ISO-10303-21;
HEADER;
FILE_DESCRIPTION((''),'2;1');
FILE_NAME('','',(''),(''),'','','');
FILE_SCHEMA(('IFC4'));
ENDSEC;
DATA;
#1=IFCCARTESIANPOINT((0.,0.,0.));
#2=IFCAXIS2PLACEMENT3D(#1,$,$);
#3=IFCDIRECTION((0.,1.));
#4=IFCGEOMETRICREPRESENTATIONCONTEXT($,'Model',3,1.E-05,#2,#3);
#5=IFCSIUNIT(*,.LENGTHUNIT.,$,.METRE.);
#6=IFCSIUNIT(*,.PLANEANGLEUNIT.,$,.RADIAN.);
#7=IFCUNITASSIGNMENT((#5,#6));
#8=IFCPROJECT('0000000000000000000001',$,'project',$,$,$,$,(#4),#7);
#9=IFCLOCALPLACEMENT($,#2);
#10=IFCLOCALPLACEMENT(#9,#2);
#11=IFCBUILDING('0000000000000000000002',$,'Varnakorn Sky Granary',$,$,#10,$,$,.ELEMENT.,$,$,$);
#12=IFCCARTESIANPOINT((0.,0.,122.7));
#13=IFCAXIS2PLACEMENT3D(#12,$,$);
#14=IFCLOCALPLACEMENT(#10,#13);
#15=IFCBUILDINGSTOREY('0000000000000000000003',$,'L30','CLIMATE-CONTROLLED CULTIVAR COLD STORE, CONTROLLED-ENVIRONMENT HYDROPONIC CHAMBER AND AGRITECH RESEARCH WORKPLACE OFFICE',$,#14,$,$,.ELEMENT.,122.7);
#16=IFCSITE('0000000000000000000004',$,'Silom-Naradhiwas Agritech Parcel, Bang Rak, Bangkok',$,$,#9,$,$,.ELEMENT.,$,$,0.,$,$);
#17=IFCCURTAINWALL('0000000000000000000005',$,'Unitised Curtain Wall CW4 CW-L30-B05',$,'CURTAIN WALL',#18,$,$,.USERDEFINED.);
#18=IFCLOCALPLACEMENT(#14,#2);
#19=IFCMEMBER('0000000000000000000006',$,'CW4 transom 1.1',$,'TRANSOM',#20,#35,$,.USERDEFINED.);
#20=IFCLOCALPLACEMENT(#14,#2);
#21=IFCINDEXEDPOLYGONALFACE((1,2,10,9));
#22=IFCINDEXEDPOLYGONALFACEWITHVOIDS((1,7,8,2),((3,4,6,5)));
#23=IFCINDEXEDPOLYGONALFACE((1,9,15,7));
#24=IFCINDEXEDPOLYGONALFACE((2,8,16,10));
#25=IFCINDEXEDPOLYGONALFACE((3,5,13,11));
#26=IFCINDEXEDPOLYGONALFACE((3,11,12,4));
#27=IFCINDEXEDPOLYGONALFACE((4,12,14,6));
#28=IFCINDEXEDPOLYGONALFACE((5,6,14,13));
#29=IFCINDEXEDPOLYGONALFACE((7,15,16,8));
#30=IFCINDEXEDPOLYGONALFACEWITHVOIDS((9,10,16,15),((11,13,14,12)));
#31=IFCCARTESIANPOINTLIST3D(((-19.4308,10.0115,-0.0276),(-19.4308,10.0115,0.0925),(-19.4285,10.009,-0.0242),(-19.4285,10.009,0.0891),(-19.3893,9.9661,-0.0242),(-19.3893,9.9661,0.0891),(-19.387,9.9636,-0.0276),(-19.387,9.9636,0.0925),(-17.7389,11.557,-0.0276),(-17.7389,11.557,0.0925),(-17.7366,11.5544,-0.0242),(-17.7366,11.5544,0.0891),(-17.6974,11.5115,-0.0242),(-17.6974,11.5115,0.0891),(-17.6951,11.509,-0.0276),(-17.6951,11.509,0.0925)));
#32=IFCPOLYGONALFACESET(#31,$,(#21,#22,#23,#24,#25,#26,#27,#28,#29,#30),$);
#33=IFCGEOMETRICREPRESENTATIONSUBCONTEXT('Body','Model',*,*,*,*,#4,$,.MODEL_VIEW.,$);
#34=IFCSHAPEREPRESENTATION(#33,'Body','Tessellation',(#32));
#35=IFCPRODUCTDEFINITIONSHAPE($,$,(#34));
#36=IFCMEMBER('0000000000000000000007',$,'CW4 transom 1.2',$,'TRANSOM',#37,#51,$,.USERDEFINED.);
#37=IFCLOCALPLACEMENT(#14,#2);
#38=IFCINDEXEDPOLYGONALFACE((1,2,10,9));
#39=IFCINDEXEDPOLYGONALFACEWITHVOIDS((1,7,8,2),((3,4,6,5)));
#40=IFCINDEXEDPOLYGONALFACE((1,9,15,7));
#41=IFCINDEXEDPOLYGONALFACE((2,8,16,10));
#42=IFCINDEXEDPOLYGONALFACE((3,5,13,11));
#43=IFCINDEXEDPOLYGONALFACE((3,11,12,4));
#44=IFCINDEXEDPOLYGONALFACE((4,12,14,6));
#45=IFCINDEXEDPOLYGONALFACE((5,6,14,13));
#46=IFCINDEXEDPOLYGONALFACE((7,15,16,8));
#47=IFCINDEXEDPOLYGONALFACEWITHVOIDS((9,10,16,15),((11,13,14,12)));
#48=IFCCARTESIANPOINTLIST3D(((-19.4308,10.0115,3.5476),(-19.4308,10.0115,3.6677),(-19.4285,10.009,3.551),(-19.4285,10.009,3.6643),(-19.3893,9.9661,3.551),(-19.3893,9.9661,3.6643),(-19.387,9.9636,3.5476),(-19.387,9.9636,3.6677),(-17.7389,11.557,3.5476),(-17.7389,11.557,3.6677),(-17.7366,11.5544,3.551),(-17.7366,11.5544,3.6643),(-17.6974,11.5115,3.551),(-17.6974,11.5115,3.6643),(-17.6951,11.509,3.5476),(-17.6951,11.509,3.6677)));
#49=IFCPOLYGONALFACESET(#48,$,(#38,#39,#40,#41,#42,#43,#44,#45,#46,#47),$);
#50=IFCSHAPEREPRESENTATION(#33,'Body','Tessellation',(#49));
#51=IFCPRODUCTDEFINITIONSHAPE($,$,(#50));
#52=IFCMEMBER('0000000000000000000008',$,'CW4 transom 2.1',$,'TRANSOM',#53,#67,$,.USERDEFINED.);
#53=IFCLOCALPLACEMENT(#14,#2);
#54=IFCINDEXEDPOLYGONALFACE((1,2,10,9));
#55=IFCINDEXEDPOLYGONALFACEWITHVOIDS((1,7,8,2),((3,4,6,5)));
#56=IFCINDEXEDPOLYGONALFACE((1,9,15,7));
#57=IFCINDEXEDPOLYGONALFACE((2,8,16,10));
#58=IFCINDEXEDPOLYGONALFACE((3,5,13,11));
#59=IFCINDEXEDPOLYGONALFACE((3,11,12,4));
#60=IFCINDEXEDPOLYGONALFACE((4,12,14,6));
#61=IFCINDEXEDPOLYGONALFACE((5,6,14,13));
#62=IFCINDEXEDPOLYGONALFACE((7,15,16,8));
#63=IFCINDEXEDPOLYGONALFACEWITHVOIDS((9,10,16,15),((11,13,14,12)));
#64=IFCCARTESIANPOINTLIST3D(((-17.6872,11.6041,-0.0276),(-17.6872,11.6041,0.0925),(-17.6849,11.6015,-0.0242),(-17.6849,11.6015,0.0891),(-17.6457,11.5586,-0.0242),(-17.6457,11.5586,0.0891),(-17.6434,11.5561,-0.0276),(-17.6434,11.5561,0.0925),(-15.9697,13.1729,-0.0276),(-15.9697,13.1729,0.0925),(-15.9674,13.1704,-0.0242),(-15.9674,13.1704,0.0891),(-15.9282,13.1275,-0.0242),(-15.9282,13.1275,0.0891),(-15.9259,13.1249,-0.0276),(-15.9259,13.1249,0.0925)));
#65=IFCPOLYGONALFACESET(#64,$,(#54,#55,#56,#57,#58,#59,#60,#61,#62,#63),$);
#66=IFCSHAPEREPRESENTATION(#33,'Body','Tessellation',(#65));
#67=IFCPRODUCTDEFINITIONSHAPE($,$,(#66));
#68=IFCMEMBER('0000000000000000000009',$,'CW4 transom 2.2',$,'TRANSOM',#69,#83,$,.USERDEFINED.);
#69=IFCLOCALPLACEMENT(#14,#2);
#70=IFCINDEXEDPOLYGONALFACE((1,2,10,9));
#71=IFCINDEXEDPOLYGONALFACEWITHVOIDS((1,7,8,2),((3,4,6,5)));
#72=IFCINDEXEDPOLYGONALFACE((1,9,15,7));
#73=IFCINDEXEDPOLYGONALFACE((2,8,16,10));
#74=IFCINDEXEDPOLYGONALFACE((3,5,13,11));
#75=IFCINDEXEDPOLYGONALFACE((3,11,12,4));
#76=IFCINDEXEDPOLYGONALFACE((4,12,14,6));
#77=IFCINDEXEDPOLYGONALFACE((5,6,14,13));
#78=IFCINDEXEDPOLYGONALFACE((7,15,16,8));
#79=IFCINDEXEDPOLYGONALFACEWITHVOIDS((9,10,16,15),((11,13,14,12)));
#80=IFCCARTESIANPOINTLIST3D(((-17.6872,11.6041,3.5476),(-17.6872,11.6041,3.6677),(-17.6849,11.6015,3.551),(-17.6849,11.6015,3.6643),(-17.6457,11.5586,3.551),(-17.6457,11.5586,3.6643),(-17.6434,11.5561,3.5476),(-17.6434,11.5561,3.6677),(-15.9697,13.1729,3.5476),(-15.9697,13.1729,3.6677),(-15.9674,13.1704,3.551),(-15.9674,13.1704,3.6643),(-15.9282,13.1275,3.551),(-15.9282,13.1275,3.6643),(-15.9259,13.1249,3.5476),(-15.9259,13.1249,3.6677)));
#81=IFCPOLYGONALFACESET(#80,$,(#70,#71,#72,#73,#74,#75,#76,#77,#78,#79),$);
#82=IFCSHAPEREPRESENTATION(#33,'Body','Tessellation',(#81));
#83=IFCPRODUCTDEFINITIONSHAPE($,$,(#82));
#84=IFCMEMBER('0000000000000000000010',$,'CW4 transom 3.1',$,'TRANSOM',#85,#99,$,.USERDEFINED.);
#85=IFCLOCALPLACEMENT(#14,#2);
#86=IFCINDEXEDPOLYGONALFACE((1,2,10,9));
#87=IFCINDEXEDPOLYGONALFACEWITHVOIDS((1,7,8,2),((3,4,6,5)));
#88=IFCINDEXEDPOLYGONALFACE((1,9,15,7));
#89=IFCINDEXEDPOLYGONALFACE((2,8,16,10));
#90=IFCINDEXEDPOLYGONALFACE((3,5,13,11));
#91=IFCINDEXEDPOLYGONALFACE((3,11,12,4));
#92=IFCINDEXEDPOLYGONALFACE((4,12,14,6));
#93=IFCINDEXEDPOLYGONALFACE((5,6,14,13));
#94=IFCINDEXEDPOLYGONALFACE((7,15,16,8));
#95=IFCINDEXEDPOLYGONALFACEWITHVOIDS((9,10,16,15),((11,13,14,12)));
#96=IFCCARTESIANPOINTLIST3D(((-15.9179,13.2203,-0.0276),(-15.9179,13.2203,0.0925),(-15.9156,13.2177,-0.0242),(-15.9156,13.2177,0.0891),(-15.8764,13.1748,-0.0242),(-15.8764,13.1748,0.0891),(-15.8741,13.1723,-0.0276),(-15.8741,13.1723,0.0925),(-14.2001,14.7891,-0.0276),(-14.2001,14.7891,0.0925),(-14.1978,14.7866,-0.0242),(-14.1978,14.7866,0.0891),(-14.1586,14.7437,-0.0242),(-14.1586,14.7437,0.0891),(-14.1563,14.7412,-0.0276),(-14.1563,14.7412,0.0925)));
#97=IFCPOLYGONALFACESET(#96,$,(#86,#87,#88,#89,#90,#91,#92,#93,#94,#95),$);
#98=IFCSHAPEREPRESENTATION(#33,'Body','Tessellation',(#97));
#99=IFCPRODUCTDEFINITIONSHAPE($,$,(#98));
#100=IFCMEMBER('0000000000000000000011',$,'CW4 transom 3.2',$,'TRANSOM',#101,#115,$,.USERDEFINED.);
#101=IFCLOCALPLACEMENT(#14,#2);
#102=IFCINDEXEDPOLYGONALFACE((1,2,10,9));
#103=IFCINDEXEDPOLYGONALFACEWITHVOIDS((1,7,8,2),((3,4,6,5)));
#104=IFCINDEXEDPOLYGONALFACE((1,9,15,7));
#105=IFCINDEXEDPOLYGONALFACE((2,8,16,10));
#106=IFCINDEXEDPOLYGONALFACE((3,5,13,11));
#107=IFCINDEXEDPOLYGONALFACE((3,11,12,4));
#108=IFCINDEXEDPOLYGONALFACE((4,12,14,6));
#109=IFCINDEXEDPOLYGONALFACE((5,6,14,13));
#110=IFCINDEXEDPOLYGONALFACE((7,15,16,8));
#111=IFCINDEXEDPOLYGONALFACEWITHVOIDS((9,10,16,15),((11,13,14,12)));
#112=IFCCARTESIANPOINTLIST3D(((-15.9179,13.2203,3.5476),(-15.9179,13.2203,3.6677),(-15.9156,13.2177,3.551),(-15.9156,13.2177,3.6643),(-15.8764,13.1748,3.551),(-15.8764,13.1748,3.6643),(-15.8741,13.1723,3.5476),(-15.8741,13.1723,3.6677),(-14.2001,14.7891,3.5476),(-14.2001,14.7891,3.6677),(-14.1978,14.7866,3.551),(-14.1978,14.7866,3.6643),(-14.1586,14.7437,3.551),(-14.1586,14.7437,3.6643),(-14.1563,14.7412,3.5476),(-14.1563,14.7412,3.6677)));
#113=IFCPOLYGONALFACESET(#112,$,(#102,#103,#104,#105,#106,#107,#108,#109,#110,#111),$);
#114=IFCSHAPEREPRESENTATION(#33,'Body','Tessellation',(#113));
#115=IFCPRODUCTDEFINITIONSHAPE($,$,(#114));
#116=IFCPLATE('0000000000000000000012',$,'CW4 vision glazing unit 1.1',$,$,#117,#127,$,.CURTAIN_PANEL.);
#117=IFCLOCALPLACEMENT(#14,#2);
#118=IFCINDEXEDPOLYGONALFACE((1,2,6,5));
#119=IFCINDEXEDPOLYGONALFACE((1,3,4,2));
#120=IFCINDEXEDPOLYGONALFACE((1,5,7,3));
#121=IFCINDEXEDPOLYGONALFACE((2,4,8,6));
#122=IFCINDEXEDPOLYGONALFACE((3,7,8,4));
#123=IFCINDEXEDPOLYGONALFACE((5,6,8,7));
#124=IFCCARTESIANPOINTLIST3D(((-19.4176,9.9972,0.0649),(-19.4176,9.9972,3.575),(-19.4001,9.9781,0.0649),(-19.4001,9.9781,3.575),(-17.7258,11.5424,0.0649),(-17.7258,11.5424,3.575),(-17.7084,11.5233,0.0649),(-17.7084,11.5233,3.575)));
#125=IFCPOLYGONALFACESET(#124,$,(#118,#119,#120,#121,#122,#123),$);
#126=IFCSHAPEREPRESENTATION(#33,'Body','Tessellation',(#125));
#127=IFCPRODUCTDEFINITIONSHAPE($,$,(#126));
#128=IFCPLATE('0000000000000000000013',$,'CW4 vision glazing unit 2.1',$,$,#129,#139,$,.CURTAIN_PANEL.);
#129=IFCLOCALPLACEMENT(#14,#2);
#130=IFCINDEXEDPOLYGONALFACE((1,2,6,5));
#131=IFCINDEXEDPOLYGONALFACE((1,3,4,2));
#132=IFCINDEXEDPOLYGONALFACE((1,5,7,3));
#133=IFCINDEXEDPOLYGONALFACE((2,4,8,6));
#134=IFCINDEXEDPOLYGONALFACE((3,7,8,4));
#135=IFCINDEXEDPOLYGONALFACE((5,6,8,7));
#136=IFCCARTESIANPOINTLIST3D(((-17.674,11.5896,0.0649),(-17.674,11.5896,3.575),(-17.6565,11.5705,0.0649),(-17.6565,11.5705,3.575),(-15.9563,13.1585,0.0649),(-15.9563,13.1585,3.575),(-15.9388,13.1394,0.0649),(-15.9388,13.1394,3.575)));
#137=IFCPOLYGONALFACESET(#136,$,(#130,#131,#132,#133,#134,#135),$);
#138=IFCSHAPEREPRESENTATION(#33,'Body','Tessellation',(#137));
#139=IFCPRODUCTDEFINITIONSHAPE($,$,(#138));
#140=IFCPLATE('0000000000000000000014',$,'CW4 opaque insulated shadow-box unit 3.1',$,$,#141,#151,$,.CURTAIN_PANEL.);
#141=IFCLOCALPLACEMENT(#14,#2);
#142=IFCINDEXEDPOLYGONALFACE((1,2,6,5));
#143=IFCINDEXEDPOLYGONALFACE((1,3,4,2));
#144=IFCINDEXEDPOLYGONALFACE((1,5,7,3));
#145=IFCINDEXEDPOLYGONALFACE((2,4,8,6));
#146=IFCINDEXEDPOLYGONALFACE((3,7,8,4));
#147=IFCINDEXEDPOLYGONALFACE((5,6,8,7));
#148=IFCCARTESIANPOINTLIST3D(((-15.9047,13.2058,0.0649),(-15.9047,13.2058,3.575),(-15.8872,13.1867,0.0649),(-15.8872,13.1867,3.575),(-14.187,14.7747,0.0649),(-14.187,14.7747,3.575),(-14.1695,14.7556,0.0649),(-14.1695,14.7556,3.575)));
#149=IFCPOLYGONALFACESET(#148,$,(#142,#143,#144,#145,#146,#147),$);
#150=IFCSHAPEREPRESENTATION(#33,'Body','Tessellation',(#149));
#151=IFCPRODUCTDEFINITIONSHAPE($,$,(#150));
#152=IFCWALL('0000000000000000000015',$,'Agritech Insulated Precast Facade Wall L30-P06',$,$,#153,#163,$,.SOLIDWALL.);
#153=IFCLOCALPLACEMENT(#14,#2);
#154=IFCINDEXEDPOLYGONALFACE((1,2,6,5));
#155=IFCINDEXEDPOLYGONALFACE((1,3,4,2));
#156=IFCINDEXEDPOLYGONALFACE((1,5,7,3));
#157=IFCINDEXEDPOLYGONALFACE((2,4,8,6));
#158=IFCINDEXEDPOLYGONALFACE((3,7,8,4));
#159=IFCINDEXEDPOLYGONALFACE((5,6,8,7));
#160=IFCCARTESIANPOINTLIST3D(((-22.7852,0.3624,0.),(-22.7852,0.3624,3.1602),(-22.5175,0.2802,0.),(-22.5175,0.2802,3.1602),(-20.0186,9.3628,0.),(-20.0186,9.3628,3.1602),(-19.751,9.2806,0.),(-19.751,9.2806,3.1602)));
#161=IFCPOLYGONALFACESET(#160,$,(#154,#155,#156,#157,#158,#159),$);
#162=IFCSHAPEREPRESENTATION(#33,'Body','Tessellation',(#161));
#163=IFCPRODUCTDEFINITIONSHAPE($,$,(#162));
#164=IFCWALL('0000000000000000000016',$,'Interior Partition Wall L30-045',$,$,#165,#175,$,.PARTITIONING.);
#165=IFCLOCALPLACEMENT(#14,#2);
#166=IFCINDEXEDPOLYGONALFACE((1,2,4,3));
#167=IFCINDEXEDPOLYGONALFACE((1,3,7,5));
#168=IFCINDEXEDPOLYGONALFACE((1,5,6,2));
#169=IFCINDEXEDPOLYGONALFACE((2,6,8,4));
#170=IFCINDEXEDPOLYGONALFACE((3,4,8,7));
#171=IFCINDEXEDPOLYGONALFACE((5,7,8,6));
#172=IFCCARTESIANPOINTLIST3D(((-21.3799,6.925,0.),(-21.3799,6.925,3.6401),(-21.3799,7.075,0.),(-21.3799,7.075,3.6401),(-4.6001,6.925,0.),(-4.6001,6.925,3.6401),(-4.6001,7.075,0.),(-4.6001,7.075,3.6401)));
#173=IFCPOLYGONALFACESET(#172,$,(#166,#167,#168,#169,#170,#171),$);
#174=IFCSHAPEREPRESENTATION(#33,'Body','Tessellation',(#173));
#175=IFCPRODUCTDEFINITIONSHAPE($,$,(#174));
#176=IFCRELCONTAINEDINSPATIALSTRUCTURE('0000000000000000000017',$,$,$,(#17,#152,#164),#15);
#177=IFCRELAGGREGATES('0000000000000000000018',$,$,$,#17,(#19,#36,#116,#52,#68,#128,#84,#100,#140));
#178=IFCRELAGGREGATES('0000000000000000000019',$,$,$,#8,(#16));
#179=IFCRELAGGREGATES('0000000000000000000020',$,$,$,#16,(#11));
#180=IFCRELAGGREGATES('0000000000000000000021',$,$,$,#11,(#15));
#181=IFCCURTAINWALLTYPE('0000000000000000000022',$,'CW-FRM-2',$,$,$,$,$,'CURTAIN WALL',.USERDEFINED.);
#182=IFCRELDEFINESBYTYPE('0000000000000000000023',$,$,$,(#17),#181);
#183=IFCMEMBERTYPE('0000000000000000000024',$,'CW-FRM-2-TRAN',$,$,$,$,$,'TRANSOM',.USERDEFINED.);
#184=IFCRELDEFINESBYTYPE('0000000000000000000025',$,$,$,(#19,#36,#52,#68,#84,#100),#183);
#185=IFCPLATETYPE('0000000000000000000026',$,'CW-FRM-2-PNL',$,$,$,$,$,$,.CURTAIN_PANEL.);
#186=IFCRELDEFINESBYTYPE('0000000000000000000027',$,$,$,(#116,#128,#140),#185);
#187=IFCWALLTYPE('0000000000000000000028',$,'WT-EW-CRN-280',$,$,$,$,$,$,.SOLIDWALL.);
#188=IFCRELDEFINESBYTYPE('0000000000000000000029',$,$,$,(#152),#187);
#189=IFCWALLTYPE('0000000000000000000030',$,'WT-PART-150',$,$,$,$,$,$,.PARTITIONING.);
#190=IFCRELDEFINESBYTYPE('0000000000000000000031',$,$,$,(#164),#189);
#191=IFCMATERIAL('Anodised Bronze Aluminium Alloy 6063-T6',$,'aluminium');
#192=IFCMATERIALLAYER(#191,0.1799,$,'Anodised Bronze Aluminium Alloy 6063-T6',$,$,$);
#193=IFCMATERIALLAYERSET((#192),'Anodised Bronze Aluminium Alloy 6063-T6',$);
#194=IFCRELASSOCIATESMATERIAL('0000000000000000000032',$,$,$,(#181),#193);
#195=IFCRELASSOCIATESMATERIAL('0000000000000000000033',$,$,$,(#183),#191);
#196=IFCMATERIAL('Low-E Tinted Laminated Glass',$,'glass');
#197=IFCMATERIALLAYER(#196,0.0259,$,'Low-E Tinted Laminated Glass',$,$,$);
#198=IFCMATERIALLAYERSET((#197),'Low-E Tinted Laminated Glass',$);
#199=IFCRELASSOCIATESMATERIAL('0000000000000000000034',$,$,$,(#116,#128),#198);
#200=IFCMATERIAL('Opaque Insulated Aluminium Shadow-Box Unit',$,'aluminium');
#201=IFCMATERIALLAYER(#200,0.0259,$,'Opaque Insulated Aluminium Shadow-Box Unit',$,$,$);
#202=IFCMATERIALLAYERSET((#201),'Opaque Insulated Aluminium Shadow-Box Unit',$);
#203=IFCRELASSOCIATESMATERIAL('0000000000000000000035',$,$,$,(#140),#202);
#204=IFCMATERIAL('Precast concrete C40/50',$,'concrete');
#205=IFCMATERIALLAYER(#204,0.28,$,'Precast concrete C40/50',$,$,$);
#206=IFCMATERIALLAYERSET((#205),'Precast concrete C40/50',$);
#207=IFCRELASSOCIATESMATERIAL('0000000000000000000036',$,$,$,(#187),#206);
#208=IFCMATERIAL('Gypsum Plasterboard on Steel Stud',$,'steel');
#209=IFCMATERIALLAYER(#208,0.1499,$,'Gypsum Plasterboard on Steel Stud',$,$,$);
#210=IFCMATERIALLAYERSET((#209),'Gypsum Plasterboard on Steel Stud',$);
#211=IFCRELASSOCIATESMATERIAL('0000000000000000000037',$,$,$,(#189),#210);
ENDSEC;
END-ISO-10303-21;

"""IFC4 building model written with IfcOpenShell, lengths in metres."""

from ifc_helpers import new_model, si_unit, direction, frame, frame_2d, origin, origin_2d, place, context, subcontext, project, spatial, rectangle, hollow_rectangle, extrude, source, transform, mapped, material, layer, layer_set, material_profile, profile_set, type_object, type_shapes, element, aggregate, save


model = new_model("IFC4")

# Units and contexts
model_context = context("Model", 3, precision=1e-05, world=origin(), true_north=direction((0.0, 1.0)))
body_context = subcontext(model_context, "Body", "Model", "MODEL_VIEW")
ifc_project = project(units=[si_unit("LENGTHUNIT", "METRE"), si_unit("PLANEANGLEUNIT", "RADIAN")], contexts=[model_context])

# Site, building, storey
site_placement = place(None, origin())
site = spatial("IfcSite", under=ifc_project, at=site_placement, Name="Silom-Naradhiwas Agritech Parcel, Bang Rak, Bangkok", CompositionType="ELEMENT", RefElevation=0.0)
building_placement = place(site_placement, origin())
building = spatial("IfcBuilding", under=site, at=building_placement, Name="Varnakorn Sky Granary", CompositionType="ELEMENT")
storey_placement = place(building_placement, frame((0.0, 0.0, 122.7)))
storey = spatial("IfcBuildingStorey", under=building, at=storey_placement, Name="L30", Description="CLIMATE-CONTROLLED CULTIVAR COLD STORE, CONTROLLED-ENVIRONMENT HYDROPONIC CHAMBER AND AGRITECH RESEARCH WORKPLACE OFFICE", CompositionType="ELEMENT", Elevation=122.7)

# Curtain wall, members, plates
ifc_material_1 = material(Name="Anodised Bronze Aluminium Alloy 6063-T6", Category="aluminium")
ifc_layer_1 = layer(ifc_material_1, 0.1799, Name="Anodised Bronze Aluminium Alloy 6063-T6")
ifc_layer_set_1 = layer_set([ifc_layer_1], Name="Anodised Bronze Aluminium Alloy 6063-T6")
curtain_wall_type = type_object("IfcCurtainWallType", Name="CW-FRM-2", ElementType="CURTAIN WALL", PredefinedType="USERDEFINED", material=ifc_layer_set_1)
curtain_wall_placement = place(storey_placement, origin())
curtain_wall = element("IfcCurtainWall", 1, at=curtain_wall_placement, inside=storey, type_object=curtain_wall_type, Name="Unitised Curtain Wall CW4 CW-L30-B05", ObjectType="CURTAIN WALL", PredefinedType="USERDEFINED")
ifc_material_profile_1 = material_profile(ifc_material_1, hollow_rectangle(XDim=0.0649, YDim=0.1201, WallThickness=0.0034, at=origin_2d()), Name="ALU TRAN 65x120")
ifc_profile_set_1 = profile_set([ifc_material_profile_1], Name="Anodised Bronze Aluminium Alloy 6063-T6")
member_type_1 = type_object("IfcMemberType", Name="CW-FRM-2-TRAN", ElementType="TRANSOM", PredefinedType="USERDEFINED", material=ifc_profile_set_1)
member_1_placement = place(storey_placement, frame((-19.4089, 9.9875, 0.0325), z_axis=(0.738347, 0.674421, 0.0), x_axis=(-0.674421, 0.738347, 0.0)))
member_1 = element("IfcMember", 2, at=member_1_placement, type_object=member_type_1, Name="CW4 transom 1.1", ObjectType="TRANSOM", PredefinedType="USERDEFINED", context=body_context, shape_type="SweptSolid", body=[
    extrude(hollow_rectangle(XDim=0.0649, YDim=0.1201, WallThickness=0.0034, at=origin_2d()), origin(), (0.0, 0.0, 1.0), 2.2915),
])
member_2_placement = place(storey_placement, frame((-19.4089, 9.9875, 3.6077), z_axis=(0.738347, 0.674421, 0.0), x_axis=(-0.674421, 0.738347, 0.0)))
member_2 = element("IfcMember", 3, at=member_2_placement, type_object=member_type_1, Name="CW4 transom 1.2", ObjectType="TRANSOM", PredefinedType="USERDEFINED", context=body_context, shape_type="SweptSolid", body=[
    extrude(hollow_rectangle(XDim=0.0649, YDim=0.1201, WallThickness=0.0034, at=origin_2d()), origin(), (0.0, 0.0, 1.0), 2.2915),
])
member_3_placement = place(storey_placement, frame((-17.6653, 11.5801, 0.0325), z_axis=(0.738342, 0.674426, 0.0), x_axis=(-0.674426, 0.738342, 0.0)))
member_3 = element("IfcMember", 4, at=member_3_placement, type_object=member_type_1, Name="CW4 transom 2.1", ObjectType="TRANSOM", PredefinedType="USERDEFINED", context=body_context, shape_type="SweptSolid", body=[
    extrude(hollow_rectangle(XDim=0.0649, YDim=0.1201, WallThickness=0.0034, at=origin_2d()), origin(), (0.0, 0.0, 1.0), 2.3262),
])
member_4_placement = place(storey_placement, frame((-17.6653, 11.5801, 3.6077), z_axis=(0.738342, 0.674426, 0.0), x_axis=(-0.674426, 0.738342, 0.0)))
member_4 = element("IfcMember", 5, at=member_4_placement, type_object=member_type_1, Name="CW4 transom 2.2", ObjectType="TRANSOM", PredefinedType="USERDEFINED", context=body_context, shape_type="SweptSolid", body=[
    extrude(hollow_rectangle(XDim=0.0649, YDim=0.1201, WallThickness=0.0034, at=origin_2d()), origin(), (0.0, 0.0, 1.0), 2.3262),
])
member_5_placement = place(storey_placement, frame((-15.896, 13.1963, 0.0325), z_axis=(0.73839, 0.674374, 0.0), x_axis=(-0.674374, 0.73839, 0.0)))
member_5 = element("IfcMember", 6, at=member_5_placement, type_object=member_type_1, Name="CW4 transom 3.1", ObjectType="TRANSOM", PredefinedType="USERDEFINED", context=body_context, shape_type="SweptSolid", body=[
    extrude(hollow_rectangle(XDim=0.0649, YDim=0.1201, WallThickness=0.0034, at=origin_2d()), origin(), (0.0, 0.0, 1.0), 2.3264),
])
member_6_placement = place(storey_placement, frame((-15.896, 13.1963, 3.6077), z_axis=(0.73839, 0.674374, 0.0), x_axis=(-0.674374, 0.73839, 0.0)))
member_6 = element("IfcMember", 7, at=member_6_placement, type_object=member_type_1, Name="CW4 transom 3.2", ObjectType="TRANSOM", PredefinedType="USERDEFINED", context=body_context, shape_type="SweptSolid", body=[
    extrude(hollow_rectangle(XDim=0.0649, YDim=0.1201, WallThickness=0.0034, at=origin_2d()), origin(), (0.0, 0.0, 1.0), 2.3264),
])
ifc_material_2 = material(Name="Low-E Tinted Laminated Glass", Category="glass")
ifc_layer_2 = layer(ifc_material_2, 0.0259, Name="Low-E Tinted Laminated Glass")
ifc_layer_set_2 = layer_set([ifc_layer_2], Name="Low-E Tinted Laminated Glass")
plate_type = type_object("IfcPlateType", Name="CW-FRM-2-PNL", PredefinedType="CURTAIN_PANEL")
shared_shape_1 = source(origin(), body_context, "Body", "SweptSolid", [
    extrude(rectangle(XDim=2.2913, YDim=0.0259, at=origin_2d()), origin(), (0.0, 0.0, 1.0), 3.51),
])
plate_1_placement = place(storey_placement, frame((-18.563, 10.7603, 0.0649), z_axis=(0.0, 0.0, 1.0), x_axis=(0.738359, 0.674407, 0.0)))
plate_1 = element("IfcPlate", 8, at=plate_1_placement, type_object=plate_type, material=ifc_layer_set_2, Name="CW4 vision glazing unit 1.1", PredefinedType="CURTAIN_PANEL", context=body_context, shape_type="MappedRepresentation", body=[
    mapped(shared_shape_1, transform((0.0, 0.0, 0.0), x_axis=(1.0, 0.0, 0.0), y_axis=(0.0, 1.0, 0.0), z_axis=(0.0, 0.0, 1.0), scale=1.0)),
])
shared_shape_2 = source(origin(), body_context, "Body", "SweptSolid", [
    extrude(rectangle(XDim=2.3264, YDim=0.0259, at=origin_2d()), origin(), (0.0, 0.0, 1.0), 3.51),
])
type_shapes(plate_type, [shared_shape_1, shared_shape_2])
plate_2_placement = place(storey_placement, frame((-16.8064, 12.3645, 0.0649), z_axis=(0.0, 0.0, 1.0), x_axis=(0.738359, 0.674407, 0.0)))
plate_2 = element("IfcPlate", 9, at=plate_2_placement, type_object=plate_type, material=ifc_layer_set_2, Name="CW4 vision glazing unit 2.1", PredefinedType="CURTAIN_PANEL", context=body_context, shape_type="MappedRepresentation", body=[
    mapped(shared_shape_2, transform((0.0, 0.0, 0.0), x_axis=(1.0, 0.0, 0.0), y_axis=(0.0, 1.0, 0.0), z_axis=(0.0, 0.0, 1.0), scale=1.0)),
])
ifc_material_3 = material(Name="Opaque Insulated Aluminium Shadow-Box Unit", Category="aluminium")
ifc_layer_3 = layer(ifc_material_3, 0.0259, Name="Opaque Insulated Aluminium Shadow-Box Unit")
ifc_layer_set_3 = layer_set([ifc_layer_3], Name="Opaque Insulated Aluminium Shadow-Box Unit")
plate_3_placement = place(storey_placement, frame((-15.0371, 13.9807, 0.0649), z_axis=(0.0, 0.0, 1.0), x_axis=(0.738359, 0.674407, 0.0)))
plate_3 = element("IfcPlate", 10, at=plate_3_placement, type_object=plate_type, material=ifc_layer_set_3, Name="CW4 opaque insulated shadow-box unit 3.1", PredefinedType="CURTAIN_PANEL", context=body_context, shape_type="MappedRepresentation", body=[
    mapped(shared_shape_2, transform((0.0, 0.0, 0.0), x_axis=(1.0, 0.0, 0.0), y_axis=(0.0, 1.0, 0.0), z_axis=(0.0, 0.0, 1.0), scale=1.0)),
])
aggregate(curtain_wall, [member_1, member_2, plate_1, member_3, member_4, plate_2, member_5, member_6, plate_3])

# Walls
ifc_material_4 = material(Name="Precast concrete C40/50", Category="concrete")
ifc_layer_4 = layer(ifc_material_4, 0.28, Name="Precast concrete C40/50")
ifc_layer_set_4 = layer_set([ifc_layer_4], Name="Precast concrete C40/50")
wall_type_1 = type_object("IfcWallType", Name="WT-EW-CRN-280", PredefinedType="SOLIDWALL", material=ifc_layer_set_4)
wall_1_placement = place(storey_placement, frame((-22.6514, 0.3213, 0.0), z_axis=(0.0, 0.0, 1.0), x_axis=(0.293816, 0.955862, 0.0)))
element("IfcWall", 11, at=wall_1_placement, inside=storey, type_object=wall_type_1, Name="Agritech Insulated Precast Facade Wall L30-P06", PredefinedType="SOLIDWALL", context=body_context, shape_type="SweptSolid", body=[
    extrude(rectangle(XDim=9.416, YDim=0.28, at=frame_2d((4.708, 0.0))), origin(), (0.0, 0.0, 1.0), 3.1602),
])
ifc_material_5 = material(Name="Gypsum Plasterboard on Steel Stud", Category="steel")
ifc_layer_5 = layer(ifc_material_5, 0.1499, Name="Gypsum Plasterboard on Steel Stud")
ifc_layer_set_5 = layer_set([ifc_layer_5], Name="Gypsum Plasterboard on Steel Stud")
wall_type_2 = type_object("IfcWallType", Name="WT-PART-150", PredefinedType="PARTITIONING", material=ifc_layer_set_5)
wall_2_placement = place(storey_placement, frame((-21.3799, 7.0, 0.0), z_axis=(0.0, 0.0, 1.0), x_axis=(1.0, 0.0, 0.0)))
element("IfcWall", 12, at=wall_2_placement, inside=storey, type_object=wall_type_2, Name="Interior Partition Wall L30-045", PredefinedType="PARTITIONING", context=body_context, shape_type="SweptSolid", body=[
    extrude(rectangle(XDim=16.7798, YDim=0.1499, at=frame_2d((8.3899, 0.0))), origin(), (0.0, 0.0, 1.0), 3.6401),
])

save(model, "model.ifc")
